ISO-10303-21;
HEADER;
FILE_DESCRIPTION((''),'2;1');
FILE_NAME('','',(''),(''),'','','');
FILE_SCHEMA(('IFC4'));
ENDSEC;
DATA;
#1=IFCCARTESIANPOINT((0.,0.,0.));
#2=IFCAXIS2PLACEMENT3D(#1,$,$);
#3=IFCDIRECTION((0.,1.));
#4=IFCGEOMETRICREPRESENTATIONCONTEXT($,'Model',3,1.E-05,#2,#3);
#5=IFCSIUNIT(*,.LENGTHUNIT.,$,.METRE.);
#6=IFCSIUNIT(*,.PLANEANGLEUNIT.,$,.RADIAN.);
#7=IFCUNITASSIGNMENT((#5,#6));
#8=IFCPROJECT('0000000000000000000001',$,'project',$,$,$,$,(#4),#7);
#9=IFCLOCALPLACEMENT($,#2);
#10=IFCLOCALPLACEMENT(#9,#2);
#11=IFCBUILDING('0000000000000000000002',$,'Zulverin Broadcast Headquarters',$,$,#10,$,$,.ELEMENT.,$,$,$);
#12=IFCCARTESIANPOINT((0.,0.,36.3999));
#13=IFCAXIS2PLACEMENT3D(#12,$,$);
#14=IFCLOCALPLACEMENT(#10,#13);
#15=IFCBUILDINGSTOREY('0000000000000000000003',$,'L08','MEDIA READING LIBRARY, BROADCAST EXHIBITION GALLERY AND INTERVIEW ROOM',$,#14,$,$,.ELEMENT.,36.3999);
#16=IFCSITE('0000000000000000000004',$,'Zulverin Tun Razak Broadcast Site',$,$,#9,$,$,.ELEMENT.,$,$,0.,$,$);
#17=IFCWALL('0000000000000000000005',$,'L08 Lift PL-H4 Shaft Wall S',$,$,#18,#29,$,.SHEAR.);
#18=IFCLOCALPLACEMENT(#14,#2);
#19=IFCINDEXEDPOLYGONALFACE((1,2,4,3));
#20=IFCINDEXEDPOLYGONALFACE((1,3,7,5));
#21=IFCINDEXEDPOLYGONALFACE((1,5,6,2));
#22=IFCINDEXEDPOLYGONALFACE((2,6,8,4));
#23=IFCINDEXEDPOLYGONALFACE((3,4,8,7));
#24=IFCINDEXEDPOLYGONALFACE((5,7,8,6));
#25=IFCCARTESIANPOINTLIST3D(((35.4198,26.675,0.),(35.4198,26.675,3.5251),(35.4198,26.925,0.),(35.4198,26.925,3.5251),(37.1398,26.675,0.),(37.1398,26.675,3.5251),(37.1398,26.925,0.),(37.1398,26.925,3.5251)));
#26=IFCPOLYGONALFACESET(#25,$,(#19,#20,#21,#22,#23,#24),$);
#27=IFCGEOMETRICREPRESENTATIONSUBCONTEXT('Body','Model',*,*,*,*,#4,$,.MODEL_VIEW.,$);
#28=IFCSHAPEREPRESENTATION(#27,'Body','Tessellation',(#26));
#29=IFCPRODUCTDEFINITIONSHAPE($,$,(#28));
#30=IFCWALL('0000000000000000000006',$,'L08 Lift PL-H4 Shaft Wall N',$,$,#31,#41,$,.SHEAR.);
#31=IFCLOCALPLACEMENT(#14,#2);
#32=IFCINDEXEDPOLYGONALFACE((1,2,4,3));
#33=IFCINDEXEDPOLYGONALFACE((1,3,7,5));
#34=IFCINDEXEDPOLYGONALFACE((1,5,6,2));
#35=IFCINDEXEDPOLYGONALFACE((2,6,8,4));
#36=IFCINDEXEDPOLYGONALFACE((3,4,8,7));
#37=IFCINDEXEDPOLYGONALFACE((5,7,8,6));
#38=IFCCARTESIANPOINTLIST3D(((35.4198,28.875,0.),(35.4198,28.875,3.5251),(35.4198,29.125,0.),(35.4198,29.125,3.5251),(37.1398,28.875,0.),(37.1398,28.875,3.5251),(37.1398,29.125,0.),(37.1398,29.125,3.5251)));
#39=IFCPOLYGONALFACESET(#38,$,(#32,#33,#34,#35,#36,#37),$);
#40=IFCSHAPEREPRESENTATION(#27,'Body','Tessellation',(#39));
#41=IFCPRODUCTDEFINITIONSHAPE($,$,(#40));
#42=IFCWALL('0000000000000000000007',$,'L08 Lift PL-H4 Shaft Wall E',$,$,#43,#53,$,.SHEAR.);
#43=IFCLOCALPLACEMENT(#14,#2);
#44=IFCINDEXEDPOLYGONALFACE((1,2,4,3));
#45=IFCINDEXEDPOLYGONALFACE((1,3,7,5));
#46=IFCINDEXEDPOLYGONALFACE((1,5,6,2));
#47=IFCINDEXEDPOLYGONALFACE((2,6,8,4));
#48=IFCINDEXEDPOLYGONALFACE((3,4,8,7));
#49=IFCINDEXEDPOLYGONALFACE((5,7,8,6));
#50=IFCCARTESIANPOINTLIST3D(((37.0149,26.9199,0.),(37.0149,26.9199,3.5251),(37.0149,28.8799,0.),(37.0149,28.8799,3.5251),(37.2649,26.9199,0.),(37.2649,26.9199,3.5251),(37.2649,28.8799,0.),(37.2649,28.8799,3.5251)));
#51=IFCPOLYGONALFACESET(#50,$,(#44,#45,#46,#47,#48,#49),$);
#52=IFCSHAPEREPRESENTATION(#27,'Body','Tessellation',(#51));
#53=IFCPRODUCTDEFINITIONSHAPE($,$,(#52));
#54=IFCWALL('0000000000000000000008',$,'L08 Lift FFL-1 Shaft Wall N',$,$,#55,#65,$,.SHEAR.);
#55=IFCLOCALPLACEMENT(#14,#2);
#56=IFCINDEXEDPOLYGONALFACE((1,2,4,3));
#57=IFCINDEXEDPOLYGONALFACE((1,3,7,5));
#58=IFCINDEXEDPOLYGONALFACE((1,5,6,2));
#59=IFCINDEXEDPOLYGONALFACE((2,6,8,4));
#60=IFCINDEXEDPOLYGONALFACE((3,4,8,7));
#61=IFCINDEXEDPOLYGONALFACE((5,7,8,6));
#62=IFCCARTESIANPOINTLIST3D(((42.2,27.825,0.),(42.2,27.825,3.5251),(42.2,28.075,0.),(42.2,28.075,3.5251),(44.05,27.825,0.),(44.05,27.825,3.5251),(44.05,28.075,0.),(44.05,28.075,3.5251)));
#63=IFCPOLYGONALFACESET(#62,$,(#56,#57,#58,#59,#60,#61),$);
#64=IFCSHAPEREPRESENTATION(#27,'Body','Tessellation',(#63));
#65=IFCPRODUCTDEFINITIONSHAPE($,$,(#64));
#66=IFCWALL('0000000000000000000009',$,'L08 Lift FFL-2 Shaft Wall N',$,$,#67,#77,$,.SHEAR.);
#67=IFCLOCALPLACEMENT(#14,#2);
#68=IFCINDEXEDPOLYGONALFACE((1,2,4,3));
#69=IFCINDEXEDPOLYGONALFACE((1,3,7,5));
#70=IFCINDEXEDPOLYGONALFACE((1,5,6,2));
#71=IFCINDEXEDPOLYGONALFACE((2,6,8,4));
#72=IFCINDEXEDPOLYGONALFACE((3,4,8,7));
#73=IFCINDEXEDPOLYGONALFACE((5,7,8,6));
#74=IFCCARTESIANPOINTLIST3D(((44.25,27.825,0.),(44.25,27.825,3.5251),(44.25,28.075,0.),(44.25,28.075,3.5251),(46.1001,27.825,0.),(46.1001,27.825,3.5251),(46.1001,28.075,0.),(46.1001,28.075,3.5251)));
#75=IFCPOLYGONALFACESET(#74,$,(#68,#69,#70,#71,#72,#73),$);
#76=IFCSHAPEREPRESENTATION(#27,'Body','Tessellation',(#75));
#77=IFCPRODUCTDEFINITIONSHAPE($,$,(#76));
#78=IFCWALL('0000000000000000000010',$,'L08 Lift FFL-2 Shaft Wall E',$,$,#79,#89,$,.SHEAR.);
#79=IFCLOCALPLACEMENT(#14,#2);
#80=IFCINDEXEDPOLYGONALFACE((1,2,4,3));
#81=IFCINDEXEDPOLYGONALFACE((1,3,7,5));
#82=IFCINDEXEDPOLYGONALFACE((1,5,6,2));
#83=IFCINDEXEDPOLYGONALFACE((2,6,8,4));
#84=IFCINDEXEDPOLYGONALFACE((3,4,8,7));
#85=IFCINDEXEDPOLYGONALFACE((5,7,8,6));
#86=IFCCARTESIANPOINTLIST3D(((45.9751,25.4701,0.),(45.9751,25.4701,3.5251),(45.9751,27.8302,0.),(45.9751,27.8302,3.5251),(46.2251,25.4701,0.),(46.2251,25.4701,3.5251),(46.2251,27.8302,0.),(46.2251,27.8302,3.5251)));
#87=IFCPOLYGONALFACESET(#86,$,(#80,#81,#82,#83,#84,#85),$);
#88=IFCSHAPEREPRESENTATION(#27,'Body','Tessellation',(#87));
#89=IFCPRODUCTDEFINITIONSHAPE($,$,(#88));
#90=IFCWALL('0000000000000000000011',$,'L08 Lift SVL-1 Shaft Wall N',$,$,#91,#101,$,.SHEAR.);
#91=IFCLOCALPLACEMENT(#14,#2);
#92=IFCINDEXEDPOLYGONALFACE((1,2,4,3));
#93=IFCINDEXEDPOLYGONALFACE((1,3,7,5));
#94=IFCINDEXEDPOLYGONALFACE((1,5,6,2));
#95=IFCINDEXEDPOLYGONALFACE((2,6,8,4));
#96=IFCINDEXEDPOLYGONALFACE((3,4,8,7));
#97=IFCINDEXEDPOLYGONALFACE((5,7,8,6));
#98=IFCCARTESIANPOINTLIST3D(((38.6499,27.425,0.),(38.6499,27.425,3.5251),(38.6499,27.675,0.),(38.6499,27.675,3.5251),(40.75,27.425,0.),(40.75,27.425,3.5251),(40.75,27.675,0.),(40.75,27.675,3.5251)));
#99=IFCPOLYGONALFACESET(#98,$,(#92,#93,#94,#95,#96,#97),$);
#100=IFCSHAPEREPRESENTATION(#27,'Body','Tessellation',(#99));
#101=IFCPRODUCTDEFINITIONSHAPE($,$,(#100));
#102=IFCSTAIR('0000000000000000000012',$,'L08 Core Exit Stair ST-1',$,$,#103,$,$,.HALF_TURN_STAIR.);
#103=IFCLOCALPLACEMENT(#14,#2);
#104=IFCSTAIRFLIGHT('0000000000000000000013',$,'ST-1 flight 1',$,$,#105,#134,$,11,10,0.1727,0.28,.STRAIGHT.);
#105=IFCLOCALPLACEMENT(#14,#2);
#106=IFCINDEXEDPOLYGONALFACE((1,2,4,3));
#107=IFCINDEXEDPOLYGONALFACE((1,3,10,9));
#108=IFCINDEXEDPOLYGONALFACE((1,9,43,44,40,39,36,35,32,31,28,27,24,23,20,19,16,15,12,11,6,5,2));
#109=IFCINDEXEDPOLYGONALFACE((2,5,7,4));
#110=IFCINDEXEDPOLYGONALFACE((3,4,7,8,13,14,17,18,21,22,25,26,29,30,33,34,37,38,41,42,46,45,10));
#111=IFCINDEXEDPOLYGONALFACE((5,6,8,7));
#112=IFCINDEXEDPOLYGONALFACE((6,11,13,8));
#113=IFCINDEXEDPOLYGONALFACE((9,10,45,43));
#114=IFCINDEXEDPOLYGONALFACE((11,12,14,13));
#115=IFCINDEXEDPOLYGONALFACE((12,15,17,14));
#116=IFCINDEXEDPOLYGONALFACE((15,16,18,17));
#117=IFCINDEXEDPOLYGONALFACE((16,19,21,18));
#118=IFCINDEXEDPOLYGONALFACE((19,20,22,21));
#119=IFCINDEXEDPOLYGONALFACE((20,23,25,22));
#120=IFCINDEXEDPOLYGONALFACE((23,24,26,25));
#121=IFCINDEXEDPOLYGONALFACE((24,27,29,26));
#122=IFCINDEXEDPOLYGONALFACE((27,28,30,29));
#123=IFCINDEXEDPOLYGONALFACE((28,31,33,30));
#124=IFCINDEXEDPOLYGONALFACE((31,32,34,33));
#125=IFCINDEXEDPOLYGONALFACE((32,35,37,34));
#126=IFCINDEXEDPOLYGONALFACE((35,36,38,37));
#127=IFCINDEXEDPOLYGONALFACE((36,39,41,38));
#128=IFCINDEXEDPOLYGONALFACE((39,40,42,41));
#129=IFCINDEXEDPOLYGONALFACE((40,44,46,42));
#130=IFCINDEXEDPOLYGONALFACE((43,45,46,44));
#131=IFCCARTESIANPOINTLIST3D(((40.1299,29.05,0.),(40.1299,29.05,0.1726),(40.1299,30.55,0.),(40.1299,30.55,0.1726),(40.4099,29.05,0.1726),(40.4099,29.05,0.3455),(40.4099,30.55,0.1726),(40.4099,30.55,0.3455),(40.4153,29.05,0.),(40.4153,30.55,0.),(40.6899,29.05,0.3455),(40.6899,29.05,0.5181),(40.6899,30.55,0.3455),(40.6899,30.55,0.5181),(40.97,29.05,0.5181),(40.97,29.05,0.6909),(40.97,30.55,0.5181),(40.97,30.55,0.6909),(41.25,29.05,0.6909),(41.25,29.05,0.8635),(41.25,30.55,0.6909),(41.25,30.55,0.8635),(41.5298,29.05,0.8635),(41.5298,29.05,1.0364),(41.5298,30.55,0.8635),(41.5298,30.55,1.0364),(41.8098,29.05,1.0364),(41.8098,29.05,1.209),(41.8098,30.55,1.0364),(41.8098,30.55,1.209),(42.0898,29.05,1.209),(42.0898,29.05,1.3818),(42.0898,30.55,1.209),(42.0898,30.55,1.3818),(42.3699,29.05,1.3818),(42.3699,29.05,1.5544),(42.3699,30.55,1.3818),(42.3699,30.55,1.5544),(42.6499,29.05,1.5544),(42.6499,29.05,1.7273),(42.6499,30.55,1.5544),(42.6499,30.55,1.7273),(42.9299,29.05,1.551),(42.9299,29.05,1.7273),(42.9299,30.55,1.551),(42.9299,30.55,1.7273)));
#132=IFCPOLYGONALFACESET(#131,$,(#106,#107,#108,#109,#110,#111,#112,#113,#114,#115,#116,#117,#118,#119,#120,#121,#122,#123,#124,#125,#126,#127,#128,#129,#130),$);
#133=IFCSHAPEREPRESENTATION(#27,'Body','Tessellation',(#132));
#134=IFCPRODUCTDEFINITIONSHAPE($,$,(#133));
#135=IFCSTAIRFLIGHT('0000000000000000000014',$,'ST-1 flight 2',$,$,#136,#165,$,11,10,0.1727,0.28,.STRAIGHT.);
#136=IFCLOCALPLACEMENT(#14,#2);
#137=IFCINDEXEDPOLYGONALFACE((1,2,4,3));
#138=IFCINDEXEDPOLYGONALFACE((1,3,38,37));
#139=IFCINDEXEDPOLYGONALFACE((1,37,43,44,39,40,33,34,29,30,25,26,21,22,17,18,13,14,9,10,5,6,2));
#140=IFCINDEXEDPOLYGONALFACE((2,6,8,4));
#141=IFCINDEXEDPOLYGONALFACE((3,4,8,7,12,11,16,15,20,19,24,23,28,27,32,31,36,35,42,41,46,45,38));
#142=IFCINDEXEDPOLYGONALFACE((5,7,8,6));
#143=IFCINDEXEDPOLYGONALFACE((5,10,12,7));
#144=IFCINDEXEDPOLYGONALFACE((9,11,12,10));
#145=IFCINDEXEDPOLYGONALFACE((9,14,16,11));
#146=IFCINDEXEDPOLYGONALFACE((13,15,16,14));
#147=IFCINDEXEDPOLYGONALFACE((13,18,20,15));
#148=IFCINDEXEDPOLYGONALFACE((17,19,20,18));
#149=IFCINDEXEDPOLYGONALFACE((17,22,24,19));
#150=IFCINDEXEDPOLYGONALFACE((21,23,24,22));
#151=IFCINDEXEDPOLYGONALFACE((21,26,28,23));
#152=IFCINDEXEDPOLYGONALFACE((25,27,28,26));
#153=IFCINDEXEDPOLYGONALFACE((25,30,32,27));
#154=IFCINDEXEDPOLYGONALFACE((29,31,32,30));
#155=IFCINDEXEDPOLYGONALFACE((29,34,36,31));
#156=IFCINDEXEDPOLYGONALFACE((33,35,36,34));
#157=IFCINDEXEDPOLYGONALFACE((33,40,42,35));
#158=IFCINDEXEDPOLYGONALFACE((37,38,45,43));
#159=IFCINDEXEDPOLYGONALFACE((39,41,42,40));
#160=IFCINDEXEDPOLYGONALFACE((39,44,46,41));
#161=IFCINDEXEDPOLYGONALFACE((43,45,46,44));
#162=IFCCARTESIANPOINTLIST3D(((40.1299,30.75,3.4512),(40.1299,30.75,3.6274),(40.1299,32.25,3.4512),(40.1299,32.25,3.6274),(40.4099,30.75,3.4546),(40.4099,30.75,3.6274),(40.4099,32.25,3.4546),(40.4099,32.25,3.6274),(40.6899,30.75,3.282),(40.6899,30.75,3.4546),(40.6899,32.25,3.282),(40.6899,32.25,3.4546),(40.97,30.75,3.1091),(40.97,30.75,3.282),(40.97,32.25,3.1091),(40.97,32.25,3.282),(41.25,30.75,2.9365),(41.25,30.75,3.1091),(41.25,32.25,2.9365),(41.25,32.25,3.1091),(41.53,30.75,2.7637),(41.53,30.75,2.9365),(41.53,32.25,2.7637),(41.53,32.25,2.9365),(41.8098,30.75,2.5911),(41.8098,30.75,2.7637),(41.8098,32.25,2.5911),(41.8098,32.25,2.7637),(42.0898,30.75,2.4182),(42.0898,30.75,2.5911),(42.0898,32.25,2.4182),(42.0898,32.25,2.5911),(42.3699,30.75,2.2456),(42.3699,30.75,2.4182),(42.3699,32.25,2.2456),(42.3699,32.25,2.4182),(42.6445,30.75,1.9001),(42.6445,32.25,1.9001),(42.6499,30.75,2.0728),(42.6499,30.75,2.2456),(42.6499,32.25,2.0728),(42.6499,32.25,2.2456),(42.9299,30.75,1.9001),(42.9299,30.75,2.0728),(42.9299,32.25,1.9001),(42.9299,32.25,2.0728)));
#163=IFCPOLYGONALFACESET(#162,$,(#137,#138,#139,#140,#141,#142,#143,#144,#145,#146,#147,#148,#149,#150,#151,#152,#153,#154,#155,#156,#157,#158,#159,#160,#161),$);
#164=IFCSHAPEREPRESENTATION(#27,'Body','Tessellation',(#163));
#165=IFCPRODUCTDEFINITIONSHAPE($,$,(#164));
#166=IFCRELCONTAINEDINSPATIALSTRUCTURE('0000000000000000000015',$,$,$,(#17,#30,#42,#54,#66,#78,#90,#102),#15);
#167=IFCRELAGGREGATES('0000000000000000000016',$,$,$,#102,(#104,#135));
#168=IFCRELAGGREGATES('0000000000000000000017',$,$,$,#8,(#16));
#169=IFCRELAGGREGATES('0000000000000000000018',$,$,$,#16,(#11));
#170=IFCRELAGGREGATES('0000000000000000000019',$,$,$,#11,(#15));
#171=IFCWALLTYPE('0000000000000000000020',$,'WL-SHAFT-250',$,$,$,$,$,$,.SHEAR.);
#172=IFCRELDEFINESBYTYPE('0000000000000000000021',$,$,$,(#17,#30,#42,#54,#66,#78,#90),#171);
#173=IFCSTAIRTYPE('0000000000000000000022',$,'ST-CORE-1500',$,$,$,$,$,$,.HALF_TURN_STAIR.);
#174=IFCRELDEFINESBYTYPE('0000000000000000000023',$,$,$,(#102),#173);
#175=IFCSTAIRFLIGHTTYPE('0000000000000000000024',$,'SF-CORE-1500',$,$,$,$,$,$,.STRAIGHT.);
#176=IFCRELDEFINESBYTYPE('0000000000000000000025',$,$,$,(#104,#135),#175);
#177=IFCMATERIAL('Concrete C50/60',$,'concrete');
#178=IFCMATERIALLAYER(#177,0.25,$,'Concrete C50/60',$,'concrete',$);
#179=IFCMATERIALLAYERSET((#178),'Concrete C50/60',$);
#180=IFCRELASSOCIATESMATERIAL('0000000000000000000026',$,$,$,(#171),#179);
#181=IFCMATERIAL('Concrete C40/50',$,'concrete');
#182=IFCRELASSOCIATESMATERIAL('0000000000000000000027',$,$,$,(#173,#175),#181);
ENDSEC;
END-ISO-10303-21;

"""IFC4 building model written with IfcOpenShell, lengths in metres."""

from ifc_helpers import new_model, si_unit, direction, frame, frame_2d, origin, place, context, subcontext, project, spatial, polyline, rectangle, outline, extrude, material, layer, layer_set, type_object, element, aggregate, save


model = new_model("IFC4")

# Units and contexts
model_context = context("Model", 3, precision=1e-05, world=origin(), true_north=direction((0.0, 1.0)))
body_context = subcontext(model_context, "Body", "Model", "MODEL_VIEW")
ifc_project = project(units=[si_unit("LENGTHUNIT", "METRE"), si_unit("PLANEANGLEUNIT", "RADIAN")], contexts=[model_context])

# Site, building, storey
site_placement = place(None, origin())
site = spatial("IfcSite", under=ifc_project, at=site_placement, Name="Zulverin Tun Razak Broadcast Site", CompositionType="ELEMENT", RefElevation=0.0)
building_placement = place(site_placement, origin())
building = spatial("IfcBuilding", under=site, at=building_placement, Name="Zulverin Broadcast Headquarters", CompositionType="ELEMENT")
storey_placement = place(building_placement, frame((0.0, 0.0, 36.3999)))
storey = spatial("IfcBuildingStorey", under=building, at=storey_placement, Name="L08", Description="MEDIA READING LIBRARY, BROADCAST EXHIBITION GALLERY AND INTERVIEW ROOM", CompositionType="ELEMENT", Elevation=36.3999)

# Shared definitions
ifc_material_1 = material(Name="Concrete C40/50", Category="concrete")

# Shared definitions
ifc_material_2 = material(Name="Concrete C50/60", Category="concrete")
ifc_layer_1 = layer(ifc_material_2, 0.25, Name="Concrete C50/60", Category="concrete")
ifc_layer_set_1 = layer_set([ifc_layer_1], Name="Concrete C50/60")
wall_type_1 = type_object("IfcWallType", Name="WL-SHAFT-250", PredefinedType="SHEAR", material=ifc_layer_set_1)

# Walls
for number, where, z_axis, x_axis, name in (
    (1, (35.4199, 26.8, 0.0), (0.0, 0.0, 1.0), (1.0, 0.0, 0.0), "L08 Lift PL-H4 Shaft Wall S"),
    (2, (35.4199, 29.0, 0.0), (0.0, 0.0, 1.0), (1.0, 0.0, 0.0), "L08 Lift PL-H4 Shaft Wall N"),
):
    element("IfcWall", number, at=place(storey_placement, frame(where, z_axis=z_axis, x_axis=x_axis)), inside=storey, type_object=wall_type_1, Name=name, PredefinedType="SHEAR", context=body_context, shape_type="SweptSolid", body=[
        extrude(rectangle(XDim=1.72, YDim=0.25, at=frame_2d((0.8599, 0.0))), origin(), (0.0, 0.0, 1.0), 3.5251),
    ])
wall_1_placement = place(storey_placement, frame((37.1399, 26.9199, 0.0), z_axis=(0.0, 0.0, 1.0), x_axis=(0.0, 1.0, 0.0)))
element("IfcWall", 3, at=wall_1_placement, inside=storey, type_object=wall_type_1, Name="L08 Lift PL-H4 Shaft Wall E", PredefinedType="SHEAR", context=body_context, shape_type="SweptSolid", body=[
    extrude(rectangle(XDim=1.96, YDim=0.25, at=frame_2d((0.98, 0.0))), origin(), (0.0, 0.0, 1.0), 3.5251),
])
for number, where, z_axis, x_axis, name in (
    (4, (42.2, 27.95, 0.0), (0.0, 0.0, 1.0), (1.0, 0.0, 0.0), "L08 Lift FFL-1 Shaft Wall N"),
    (5, (44.25, 27.95, 0.0), (0.0, 0.0, 1.0), (1.0, 0.0, 0.0), "L08 Lift FFL-2 Shaft Wall N"),
):
    element("IfcWall", number, at=place(storey_placement, frame(where, z_axis=z_axis, x_axis=x_axis)), inside=storey, type_object=wall_type_1, Name=name, PredefinedType="SHEAR", context=body_context, shape_type="SweptSolid", body=[
        extrude(rectangle(XDim=1.8501, YDim=0.25, at=frame_2d((0.925, 0.0))), origin(), (0.0, 0.0, 1.0), 3.5251),
    ])
wall_2_placement = place(storey_placement, frame((46.1001, 25.47, 0.0), z_axis=(0.0, 0.0, 1.0), x_axis=(0.0, 1.0, 0.0)))
element("IfcWall", 6, at=wall_2_placement, inside=storey, type_object=wall_type_1, Name="L08 Lift FFL-2 Shaft Wall E", PredefinedType="SHEAR", context=body_context, shape_type="SweptSolid", body=[
    extrude(rectangle(XDim=2.3601, YDim=0.25, at=frame_2d((1.1802, 0.0))), origin(), (0.0, 0.0, 1.0), 3.5251),
])
wall_3_placement = place(storey_placement, frame((38.6499, 27.55, 0.0), z_axis=(0.0, 0.0, 1.0), x_axis=(1.0, 0.0, 0.0)))
element("IfcWall", 7, at=wall_3_placement, inside=storey, type_object=wall_type_1, Name="L08 Lift SVL-1 Shaft Wall N", PredefinedType="SHEAR", context=body_context, shape_type="SweptSolid", body=[
    extrude(rectangle(XDim=2.1001, YDim=0.25, at=frame_2d((1.05, 0.0))), origin(), (0.0, 0.0, 1.0), 3.5251),
])

# Stair, stair flights
stair_type = type_object("IfcStairType", Name="ST-CORE-1500", PredefinedType="HALF_TURN_STAIR", material=ifc_material_1)
stair_placement = place(storey_placement, origin())
stair = element("IfcStair", 8, at=stair_placement, inside=storey, type_object=stair_type, Name="L08 Core Exit Stair ST-1", PredefinedType="HALF_TURN_STAIR")
stair_flight_type = type_object("IfcStairFlightType", Name="SF-CORE-1500", PredefinedType="STRAIGHT", material=ifc_material_1)
stair_flight_1_placement = place(storey_placement, frame((40.1299, 29.8, 0.0), z_axis=(0.0, 0.0, 1.0), x_axis=(1.0, 0.0, 0.0)))
stair_flight_1 = element("IfcStairFlight", 9, at=stair_flight_1_placement, type_object=stair_flight_type, Name="ST-1 flight 1", NumberOfRisers=11, NumberOfTreads=10, PredefinedType="STRAIGHT", RiserHeight=0.1727, TreadLength=0.28, context=body_context, shape_type="SweptSolid", body=[
    extrude(outline(polyline([(0.0, 0.0), (0.0, 0.1726), (0.28, 0.1726), (0.28, 0.3455), (0.5601, 0.3455), (0.5601, 0.5181), (0.8401, 0.5181), (0.8401, 0.6909), (1.1201, 0.6909), (1.1201, 0.8635), (1.3999, 0.8635), (1.3999, 1.0364), (1.6799, 1.0364), (1.6799, 1.209), (1.96, 1.209), (1.96, 1.3818), (2.24, 1.3818), (2.24, 1.5544), (2.52, 1.5544), (2.52, 1.7273), (2.8, 1.7273), (2.8, 1.8999), (2.8, 1.551), (0.2854, 0.0), (0.0, 0.0)])), frame((0.0, 0.75, 0.0), z_axis=(0.0, -1.0, 0.0), x_axis=(1.0, 0.0, 0.0)), (0.0, 0.0, 1.0), 1.5),
])
stair_flight_2_placement = place(storey_placement, frame((42.9299, 31.5, 1.9001), z_axis=(0.0, 0.0, 1.0), x_axis=(-1.0, 0.0, 0.0)))
stair_flight_2 = element("IfcStairFlight", 10, at=stair_flight_2_placement, type_object=stair_flight_type, Name="ST-1 flight 2", NumberOfRisers=11, NumberOfTreads=10, PredefinedType="STRAIGHT", RiserHeight=0.1727, TreadLength=0.28, context=body_context, shape_type="SweptSolid", body=[
    extrude(outline(polyline([(0.0, 0.0), (0.0, 0.1726), (0.28, 0.1726), (0.28, 0.3455), (0.5601, 0.3455), (0.5601, 0.5181), (0.8401, 0.5181), (0.8401, 0.6909), (1.1201, 0.6909), (1.1201, 0.8635), (1.3999, 0.8635), (1.3999, 1.0364), (1.6799, 1.0364), (1.6799, 1.209), (1.96, 1.209), (1.96, 1.3818), (2.24, 1.3818), (2.24, 1.5544), (2.52, 1.5544), (2.52, 1.7273), (2.8, 1.7273), (2.8, 1.8999), (2.8, 1.551), (0.2854, 0.0), (0.0, 0.0)])), frame((0.0, 0.75, 0.0), z_axis=(0.0, -1.0, 0.0), x_axis=(1.0, 0.0, 0.0)), (0.0, 0.0, 1.0), 1.5),
])
aggregate(stair, [stair_flight_1, stair_flight_2])

save(model, "model.ifc")
